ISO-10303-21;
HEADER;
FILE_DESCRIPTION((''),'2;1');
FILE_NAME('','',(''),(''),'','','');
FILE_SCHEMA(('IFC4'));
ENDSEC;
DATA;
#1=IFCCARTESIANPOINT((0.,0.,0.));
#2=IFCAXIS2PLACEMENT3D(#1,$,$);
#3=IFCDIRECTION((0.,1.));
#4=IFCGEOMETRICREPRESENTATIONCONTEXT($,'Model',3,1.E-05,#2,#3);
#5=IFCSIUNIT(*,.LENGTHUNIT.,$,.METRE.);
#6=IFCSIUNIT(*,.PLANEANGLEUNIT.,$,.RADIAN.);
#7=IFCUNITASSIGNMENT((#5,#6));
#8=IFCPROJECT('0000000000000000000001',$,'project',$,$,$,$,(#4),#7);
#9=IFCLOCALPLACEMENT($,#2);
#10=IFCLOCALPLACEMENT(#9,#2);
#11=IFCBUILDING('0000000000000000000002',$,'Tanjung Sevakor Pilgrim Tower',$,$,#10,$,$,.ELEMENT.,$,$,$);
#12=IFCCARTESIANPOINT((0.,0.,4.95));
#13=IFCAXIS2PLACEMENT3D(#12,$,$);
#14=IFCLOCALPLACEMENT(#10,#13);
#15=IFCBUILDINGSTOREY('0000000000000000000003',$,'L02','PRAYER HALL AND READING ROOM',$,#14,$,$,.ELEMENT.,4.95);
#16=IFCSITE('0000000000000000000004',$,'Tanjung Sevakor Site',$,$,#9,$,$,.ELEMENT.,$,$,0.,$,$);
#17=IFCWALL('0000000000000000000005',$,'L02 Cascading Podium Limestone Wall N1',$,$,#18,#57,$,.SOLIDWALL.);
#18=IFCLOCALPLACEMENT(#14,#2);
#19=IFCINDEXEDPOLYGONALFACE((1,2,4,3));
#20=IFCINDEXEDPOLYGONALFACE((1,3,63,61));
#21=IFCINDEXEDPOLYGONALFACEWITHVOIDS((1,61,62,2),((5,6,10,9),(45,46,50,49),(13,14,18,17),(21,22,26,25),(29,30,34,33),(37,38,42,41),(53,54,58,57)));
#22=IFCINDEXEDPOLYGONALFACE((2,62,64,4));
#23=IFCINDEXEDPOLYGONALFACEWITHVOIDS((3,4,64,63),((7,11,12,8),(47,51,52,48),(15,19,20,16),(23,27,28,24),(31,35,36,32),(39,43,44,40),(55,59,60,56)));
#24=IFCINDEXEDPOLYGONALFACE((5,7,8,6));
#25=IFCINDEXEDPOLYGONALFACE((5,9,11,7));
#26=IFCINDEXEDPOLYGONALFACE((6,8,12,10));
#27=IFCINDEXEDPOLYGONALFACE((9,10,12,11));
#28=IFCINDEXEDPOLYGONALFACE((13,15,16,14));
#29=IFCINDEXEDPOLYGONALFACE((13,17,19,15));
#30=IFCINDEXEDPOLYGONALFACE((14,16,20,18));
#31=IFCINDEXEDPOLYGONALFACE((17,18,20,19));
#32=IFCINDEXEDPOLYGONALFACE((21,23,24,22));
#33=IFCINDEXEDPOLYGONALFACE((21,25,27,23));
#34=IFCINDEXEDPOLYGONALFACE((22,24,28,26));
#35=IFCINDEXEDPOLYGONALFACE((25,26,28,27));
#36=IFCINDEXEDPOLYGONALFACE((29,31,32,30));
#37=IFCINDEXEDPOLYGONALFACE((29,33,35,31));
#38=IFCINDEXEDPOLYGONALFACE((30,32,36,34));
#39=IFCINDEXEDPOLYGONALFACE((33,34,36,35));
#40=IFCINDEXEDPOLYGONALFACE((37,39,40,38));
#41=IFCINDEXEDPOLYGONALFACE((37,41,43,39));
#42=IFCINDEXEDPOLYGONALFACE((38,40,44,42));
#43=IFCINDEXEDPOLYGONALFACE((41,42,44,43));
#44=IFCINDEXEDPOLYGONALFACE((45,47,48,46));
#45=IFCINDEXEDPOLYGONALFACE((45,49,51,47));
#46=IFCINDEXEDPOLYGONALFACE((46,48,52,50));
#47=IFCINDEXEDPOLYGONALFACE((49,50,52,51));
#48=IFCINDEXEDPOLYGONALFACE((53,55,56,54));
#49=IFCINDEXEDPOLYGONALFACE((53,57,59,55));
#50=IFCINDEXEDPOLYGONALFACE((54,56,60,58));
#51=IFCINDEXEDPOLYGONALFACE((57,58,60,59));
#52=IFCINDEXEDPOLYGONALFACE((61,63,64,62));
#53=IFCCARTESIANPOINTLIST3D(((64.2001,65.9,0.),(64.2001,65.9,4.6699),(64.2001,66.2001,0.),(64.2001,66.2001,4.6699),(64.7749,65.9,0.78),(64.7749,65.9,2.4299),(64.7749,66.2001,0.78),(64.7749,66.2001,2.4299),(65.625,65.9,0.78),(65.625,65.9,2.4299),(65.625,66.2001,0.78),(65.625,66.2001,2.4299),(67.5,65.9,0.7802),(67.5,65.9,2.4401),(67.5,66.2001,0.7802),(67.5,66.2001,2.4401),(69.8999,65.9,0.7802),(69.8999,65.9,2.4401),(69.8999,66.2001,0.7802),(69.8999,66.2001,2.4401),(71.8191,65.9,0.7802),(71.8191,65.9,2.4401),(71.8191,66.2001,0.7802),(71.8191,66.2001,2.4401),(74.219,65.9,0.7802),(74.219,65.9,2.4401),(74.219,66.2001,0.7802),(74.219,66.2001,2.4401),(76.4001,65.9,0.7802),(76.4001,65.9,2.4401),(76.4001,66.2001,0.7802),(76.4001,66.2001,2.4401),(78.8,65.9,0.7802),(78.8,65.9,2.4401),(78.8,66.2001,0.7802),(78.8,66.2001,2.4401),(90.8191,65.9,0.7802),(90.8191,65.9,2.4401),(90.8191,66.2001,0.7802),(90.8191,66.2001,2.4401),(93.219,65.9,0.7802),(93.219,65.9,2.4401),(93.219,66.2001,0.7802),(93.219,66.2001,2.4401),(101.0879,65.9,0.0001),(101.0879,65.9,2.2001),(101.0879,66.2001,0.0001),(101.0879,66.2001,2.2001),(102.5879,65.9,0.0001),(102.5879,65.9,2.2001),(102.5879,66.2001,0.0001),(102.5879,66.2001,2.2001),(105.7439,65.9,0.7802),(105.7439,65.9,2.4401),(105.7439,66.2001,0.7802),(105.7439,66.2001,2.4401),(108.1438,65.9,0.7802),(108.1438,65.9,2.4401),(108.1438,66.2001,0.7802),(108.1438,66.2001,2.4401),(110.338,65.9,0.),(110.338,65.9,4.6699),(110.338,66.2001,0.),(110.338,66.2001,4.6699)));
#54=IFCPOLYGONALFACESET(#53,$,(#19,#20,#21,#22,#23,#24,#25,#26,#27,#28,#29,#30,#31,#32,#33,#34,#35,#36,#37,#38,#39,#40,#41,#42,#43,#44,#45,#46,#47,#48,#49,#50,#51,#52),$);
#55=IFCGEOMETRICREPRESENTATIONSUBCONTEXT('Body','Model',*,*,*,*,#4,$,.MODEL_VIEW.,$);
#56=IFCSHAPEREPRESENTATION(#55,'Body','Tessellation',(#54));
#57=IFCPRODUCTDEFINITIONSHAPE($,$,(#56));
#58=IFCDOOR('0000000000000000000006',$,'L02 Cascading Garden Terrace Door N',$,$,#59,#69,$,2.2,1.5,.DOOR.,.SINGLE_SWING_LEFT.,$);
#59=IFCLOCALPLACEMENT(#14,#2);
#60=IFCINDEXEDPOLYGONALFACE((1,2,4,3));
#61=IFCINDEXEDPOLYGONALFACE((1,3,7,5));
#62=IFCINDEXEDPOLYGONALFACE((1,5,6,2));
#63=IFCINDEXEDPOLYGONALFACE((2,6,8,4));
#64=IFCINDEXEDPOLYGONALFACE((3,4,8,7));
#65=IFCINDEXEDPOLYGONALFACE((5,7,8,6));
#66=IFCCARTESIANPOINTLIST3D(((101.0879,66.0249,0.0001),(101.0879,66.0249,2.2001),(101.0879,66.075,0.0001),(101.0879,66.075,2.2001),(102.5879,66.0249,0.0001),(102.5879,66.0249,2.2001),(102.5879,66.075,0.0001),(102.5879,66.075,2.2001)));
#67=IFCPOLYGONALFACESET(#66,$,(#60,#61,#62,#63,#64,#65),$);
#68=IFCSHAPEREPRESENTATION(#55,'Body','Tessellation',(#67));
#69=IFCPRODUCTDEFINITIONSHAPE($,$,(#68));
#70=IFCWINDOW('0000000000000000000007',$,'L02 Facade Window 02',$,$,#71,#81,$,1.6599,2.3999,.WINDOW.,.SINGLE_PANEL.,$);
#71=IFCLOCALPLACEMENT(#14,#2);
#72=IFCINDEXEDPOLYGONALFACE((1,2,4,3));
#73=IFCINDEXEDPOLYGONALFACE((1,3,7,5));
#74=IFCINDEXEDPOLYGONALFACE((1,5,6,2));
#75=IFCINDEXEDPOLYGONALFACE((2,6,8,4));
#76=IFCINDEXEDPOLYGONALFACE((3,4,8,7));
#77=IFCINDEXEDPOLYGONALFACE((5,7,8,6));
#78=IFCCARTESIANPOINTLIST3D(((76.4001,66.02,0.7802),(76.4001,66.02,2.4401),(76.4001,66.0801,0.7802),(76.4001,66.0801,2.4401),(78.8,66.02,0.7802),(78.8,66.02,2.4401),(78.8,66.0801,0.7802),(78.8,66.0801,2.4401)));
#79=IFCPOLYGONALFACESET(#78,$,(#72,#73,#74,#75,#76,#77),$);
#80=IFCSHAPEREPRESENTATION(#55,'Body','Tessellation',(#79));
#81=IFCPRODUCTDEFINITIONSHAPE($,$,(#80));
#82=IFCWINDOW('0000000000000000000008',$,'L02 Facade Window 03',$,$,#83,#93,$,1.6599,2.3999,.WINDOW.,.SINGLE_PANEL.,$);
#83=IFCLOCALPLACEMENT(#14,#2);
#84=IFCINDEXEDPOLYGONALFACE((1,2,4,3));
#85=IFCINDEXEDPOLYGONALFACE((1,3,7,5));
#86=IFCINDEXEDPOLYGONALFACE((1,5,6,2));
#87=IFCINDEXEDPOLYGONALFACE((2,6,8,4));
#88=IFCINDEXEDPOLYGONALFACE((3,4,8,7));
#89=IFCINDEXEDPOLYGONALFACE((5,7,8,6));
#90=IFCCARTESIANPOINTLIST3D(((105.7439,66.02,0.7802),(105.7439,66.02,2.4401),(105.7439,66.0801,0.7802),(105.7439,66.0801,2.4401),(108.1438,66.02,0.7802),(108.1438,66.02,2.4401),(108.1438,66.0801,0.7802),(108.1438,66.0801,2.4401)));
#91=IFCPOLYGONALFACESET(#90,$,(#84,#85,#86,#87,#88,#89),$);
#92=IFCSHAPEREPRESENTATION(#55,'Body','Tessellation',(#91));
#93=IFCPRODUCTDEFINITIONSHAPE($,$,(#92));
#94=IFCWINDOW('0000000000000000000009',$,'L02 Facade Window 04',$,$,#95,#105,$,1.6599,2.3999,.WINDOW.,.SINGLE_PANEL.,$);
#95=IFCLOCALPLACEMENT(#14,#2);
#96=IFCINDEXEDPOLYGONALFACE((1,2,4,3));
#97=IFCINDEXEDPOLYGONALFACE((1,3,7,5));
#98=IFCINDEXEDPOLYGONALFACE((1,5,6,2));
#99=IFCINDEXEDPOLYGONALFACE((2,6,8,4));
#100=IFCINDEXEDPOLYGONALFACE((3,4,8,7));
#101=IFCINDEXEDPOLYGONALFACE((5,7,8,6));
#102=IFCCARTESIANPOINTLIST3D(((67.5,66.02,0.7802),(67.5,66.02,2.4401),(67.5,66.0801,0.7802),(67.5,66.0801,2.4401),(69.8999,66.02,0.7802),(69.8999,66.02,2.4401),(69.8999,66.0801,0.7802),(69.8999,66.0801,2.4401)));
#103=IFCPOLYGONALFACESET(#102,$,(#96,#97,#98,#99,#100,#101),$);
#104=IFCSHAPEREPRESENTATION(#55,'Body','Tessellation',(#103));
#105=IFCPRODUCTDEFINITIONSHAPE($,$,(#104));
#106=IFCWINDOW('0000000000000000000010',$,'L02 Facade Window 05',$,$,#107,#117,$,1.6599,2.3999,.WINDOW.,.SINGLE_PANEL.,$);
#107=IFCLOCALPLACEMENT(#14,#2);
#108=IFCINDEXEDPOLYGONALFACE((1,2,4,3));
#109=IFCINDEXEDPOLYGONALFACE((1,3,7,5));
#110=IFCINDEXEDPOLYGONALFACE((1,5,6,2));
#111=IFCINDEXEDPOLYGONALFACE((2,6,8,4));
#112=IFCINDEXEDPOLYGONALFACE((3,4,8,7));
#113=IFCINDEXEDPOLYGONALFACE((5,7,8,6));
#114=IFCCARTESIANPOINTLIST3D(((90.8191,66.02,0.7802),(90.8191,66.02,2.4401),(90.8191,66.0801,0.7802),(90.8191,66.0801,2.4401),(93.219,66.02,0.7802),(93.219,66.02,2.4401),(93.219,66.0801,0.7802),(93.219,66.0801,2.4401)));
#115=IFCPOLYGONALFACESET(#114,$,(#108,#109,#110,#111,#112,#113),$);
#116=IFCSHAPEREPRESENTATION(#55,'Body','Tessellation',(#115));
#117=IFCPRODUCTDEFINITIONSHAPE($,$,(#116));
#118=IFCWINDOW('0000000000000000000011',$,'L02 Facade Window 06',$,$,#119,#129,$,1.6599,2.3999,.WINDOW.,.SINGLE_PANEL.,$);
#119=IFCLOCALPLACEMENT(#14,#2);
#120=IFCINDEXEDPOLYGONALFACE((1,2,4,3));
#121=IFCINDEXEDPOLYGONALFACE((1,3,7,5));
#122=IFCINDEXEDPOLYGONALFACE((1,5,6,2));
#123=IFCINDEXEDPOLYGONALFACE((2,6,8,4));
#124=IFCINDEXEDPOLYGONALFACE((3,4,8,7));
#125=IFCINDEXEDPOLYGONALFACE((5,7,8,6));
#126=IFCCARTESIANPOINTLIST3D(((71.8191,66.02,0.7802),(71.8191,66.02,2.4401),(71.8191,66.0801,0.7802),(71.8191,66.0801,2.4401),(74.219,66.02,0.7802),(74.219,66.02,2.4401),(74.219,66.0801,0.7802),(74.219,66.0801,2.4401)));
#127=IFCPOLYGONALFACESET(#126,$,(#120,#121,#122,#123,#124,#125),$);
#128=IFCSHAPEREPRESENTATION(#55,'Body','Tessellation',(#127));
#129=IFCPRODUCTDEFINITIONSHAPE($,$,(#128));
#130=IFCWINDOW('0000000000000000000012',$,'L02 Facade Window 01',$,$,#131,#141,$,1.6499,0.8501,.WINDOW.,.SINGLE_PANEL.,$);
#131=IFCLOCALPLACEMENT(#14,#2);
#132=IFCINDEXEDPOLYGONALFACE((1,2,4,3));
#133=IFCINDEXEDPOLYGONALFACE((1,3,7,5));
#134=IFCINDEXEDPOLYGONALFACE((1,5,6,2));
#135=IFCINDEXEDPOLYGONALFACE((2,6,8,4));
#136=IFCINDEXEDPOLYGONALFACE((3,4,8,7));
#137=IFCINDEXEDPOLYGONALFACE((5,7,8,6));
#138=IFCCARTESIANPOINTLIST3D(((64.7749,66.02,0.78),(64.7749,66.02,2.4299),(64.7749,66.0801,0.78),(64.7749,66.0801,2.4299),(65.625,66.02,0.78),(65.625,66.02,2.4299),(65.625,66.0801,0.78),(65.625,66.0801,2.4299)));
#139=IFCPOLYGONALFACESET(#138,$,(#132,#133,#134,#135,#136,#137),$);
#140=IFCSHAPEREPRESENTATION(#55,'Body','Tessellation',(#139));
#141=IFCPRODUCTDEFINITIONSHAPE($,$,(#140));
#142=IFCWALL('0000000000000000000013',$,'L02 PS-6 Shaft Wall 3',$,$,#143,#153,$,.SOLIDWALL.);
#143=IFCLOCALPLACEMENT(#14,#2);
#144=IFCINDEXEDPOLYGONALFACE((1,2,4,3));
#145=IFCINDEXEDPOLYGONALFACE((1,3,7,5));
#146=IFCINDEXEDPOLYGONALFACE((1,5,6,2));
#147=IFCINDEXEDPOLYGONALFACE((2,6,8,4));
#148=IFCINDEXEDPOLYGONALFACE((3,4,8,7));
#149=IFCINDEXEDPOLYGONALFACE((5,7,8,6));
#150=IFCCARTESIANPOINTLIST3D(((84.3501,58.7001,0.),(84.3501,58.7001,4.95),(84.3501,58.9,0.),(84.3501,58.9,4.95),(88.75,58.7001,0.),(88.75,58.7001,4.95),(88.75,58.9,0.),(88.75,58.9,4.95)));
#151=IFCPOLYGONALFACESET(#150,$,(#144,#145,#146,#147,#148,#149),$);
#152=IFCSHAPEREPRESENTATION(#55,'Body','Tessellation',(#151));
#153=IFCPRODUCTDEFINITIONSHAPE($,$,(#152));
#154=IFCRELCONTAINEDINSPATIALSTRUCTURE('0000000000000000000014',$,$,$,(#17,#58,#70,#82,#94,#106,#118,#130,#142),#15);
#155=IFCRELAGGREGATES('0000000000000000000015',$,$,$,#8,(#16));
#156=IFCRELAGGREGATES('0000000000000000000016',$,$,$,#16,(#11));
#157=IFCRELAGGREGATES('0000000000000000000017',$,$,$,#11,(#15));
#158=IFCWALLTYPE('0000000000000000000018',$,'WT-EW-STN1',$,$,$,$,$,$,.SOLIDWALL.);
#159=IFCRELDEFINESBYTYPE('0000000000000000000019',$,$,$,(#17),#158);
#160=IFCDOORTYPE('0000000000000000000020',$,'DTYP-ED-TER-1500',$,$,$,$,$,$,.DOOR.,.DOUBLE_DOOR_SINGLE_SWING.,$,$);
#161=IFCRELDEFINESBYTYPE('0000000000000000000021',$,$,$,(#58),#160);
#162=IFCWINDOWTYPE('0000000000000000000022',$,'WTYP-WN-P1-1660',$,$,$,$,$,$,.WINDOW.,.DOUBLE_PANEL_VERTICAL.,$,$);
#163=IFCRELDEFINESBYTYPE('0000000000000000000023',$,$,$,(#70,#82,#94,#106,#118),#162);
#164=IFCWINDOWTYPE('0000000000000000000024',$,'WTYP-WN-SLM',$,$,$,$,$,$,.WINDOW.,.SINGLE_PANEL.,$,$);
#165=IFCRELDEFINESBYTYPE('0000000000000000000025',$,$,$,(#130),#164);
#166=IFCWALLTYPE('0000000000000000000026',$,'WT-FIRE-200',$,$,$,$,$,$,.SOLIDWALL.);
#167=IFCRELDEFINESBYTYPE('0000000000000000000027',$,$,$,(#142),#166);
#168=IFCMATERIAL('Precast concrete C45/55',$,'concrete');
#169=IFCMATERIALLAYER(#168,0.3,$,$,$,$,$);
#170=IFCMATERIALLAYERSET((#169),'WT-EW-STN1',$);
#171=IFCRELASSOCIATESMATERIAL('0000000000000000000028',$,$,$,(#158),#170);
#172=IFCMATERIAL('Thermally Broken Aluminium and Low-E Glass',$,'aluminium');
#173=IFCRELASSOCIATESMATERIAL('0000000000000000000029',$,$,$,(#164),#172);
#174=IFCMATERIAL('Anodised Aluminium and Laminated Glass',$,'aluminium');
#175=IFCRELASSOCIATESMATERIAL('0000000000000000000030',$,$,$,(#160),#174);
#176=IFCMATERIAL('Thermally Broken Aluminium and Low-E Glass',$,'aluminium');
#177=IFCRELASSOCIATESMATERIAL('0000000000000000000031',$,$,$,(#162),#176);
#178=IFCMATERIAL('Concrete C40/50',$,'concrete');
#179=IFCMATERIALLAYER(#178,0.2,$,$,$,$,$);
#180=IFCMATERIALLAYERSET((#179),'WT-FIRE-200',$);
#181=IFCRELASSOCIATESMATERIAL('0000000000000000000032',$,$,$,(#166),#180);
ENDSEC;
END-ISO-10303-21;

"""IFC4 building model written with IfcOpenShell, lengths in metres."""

from ifc_helpers import new_model, si_unit, direction, frame, frame_2d, origin, place, context, subcontext, project, spatial, rectangle, extrude, material, layer, layer_set, type_object, element, fill, save


model = new_model("IFC4")

# Units and contexts
model_context = context("Model", 3, precision=1e-05, world=origin(), true_north=direction((0.0, 1.0)))
body_context = subcontext(model_context, "Body", "Model", "MODEL_VIEW")
ifc_project = project(units=[si_unit("LENGTHUNIT", "METRE"), si_unit("PLANEANGLEUNIT", "RADIAN")], contexts=[model_context])

# Site, building, storey
site_placement = place(None, origin())
site = spatial("IfcSite", under=ifc_project, at=site_placement, Name="Tanjung Sevakor Site", CompositionType="ELEMENT", RefElevation=0.0)
building_placement = place(site_placement, origin())
building = spatial("IfcBuilding", under=site, at=building_placement, Name="Tanjung Sevakor Pilgrim Tower", CompositionType="ELEMENT")
storey_placement = place(building_placement, frame((0.0, 0.0, 4.95)))
storey = spatial("IfcBuildingStorey", under=building, at=storey_placement, Name="L02", Description="PRAYER HALL AND READING ROOM", CompositionType="ELEMENT", Elevation=4.95)

# Shared definitions
ifc_material_1 = material(Name="Precast concrete C45/55", Category="concrete")
ifc_layer_1 = layer(ifc_material_1, 0.3)
ifc_layer_set_1 = layer_set([ifc_layer_1], Name="WT-EW-STN1")
wall_type_1 = type_object("IfcWallType", Name="WT-EW-STN1", PredefinedType="SOLIDWALL", material=ifc_layer_set_1)
ifc_material_2 = material(Name="Thermally Broken Aluminium and Low-E Glass", Category="aluminium")
window_type_1 = type_object("IfcWindowType", Name="WTYP-WN-SLM", PartitioningType="SINGLE_PANEL", PredefinedType="WINDOW", material=ifc_material_2)

# Wall, openings, door, windows
wall_1_placement = place(storey_placement, frame((110.3379, 66.05, 0.0), z_axis=(0.0, 0.0, 1.0), x_axis=(-1.0, 0.0, 0.0)))
wall_1 = element("IfcWall", 1, at=wall_1_placement, inside=storey, type_object=wall_type_1, Name="L02 Cascading Podium Limestone Wall N1", PredefinedType="SOLIDWALL", context=body_context, shape_type="SweptSolid", body=[
    extrude(rectangle(XDim=46.1379, YDim=0.3, at=frame_2d((23.0688, 0.0))), origin(), (0.0, 0.0, 1.0), 4.6699),
])
opening_1_placement = place(wall_1_placement, frame((7.75, 0.0, 0.0)))
opening_1 = element("IfcOpeningElement", 2, at=opening_1_placement, cuts=wall_1, PredefinedType="OPENING", context=body_context, shape_type="SweptSolid", body=[
    extrude(rectangle(XDim=1.5, YDim=2.2, at=frame_2d((0.75, 1.1001))), frame((0.0, 0.1599, 0.0), z_axis=(0.0, -1.0, 0.0), x_axis=(1.0, 0.0, 0.0)), (0.0, 0.0, 1.0), 0.3201),
])
opening_2_placement = place(wall_1_placement, frame((44.7129, 0.0, 0.78)))
opening_2 = element("IfcOpeningElement", 3, at=opening_2_placement, cuts=wall_1, PredefinedType="OPENING", context=body_context, shape_type="SweptSolid", body=[
    extrude(rectangle(XDim=0.8501, YDim=1.6499, at=frame_2d((0.425, 0.825))), frame((0.0, 0.1599, 0.0), z_axis=(0.0, -1.0, 0.0), x_axis=(1.0, 0.0, 0.0)), (0.0, 0.0, 1.0), 0.3201),
])
opening_3_placement = place(wall_1_placement, frame((31.5378, 0.0, 0.78)))
opening_3 = element("IfcOpeningElement", 4, at=opening_3_placement, cuts=wall_1, PredefinedType="OPENING", context=body_context, shape_type="SweptSolid", body=[
    extrude(rectangle(XDim=2.3999, YDim=1.6599, at=frame_2d((1.2, 0.8301))), frame((0.0, 0.1599, 0.0), z_axis=(0.0, -1.0, 0.0), x_axis=(1.0, 0.0, 0.0)), (0.0, 0.0, 1.0), 0.3201),
])
opening_4_placement = place(wall_1_placement, frame((2.1941, 0.0, 0.78)))
opening_4 = element("IfcOpeningElement", 5, at=opening_4_placement, cuts=wall_1, PredefinedType="OPENING", context=body_context, shape_type="SweptSolid", body=[
    extrude(rectangle(XDim=2.3999, YDim=1.6599, at=frame_2d((1.2, 0.8301))), frame((0.0, 0.1599, 0.0), z_axis=(0.0, -1.0, 0.0), x_axis=(1.0, 0.0, 0.0)), (0.0, 0.0, 1.0), 0.3201),
])
opening_5_placement = place(wall_1_placement, frame((40.438, 0.0, 0.78)))
opening_5 = element("IfcOpeningElement", 6, at=opening_5_placement, cuts=wall_1, PredefinedType="OPENING", context=body_context, shape_type="SweptSolid", body=[
    extrude(rectangle(XDim=2.3999, YDim=1.6599, at=frame_2d((1.2, 0.8301))), frame((0.0, 0.1599, 0.0), z_axis=(0.0, -1.0, 0.0), x_axis=(1.0, 0.0, 0.0)), (0.0, 0.0, 1.0), 0.3201),
])
opening_6_placement = place(wall_1_placement, frame((17.1189, 0.0, 0.78)))
opening_6 = element("IfcOpeningElement", 7, at=opening_6_placement, cuts=wall_1, PredefinedType="OPENING", context=body_context, shape_type="SweptSolid", body=[
    extrude(rectangle(XDim=2.3999, YDim=1.6599, at=frame_2d((1.2, 0.8301))), frame((0.0, 0.1599, 0.0), z_axis=(0.0, -1.0, 0.0), x_axis=(1.0, 0.0, 0.0)), (0.0, 0.0, 1.0), 0.3201),
])
opening_7_placement = place(wall_1_placement, frame((36.1189, 0.0, 0.78)))
opening_7 = element("IfcOpeningElement", 8, at=opening_7_placement, cuts=wall_1, PredefinedType="OPENING", context=body_context, shape_type="SweptSolid", body=[
    extrude(rectangle(XDim=2.3999, YDim=1.6599, at=frame_2d((1.2, 0.8301))), frame((0.0, 0.1599, 0.0), z_axis=(0.0, -1.0, 0.0), x_axis=(1.0, 0.0, 0.0)), (0.0, 0.0, 1.0), 0.3201),
])
ifc_material_3 = material(Name="Anodised Aluminium and Laminated Glass", Category="aluminium")
door_type = type_object("IfcDoorType", Name="DTYP-ED-TER-1500", OperationType="DOUBLE_DOOR_SINGLE_SWING", PredefinedType="DOOR", material=ifc_material_3)
door_placement = place(opening_1_placement, frame((1.5, 0.0, 0.0), z_axis=(0.0, 0.0, 1.0), x_axis=(-1.0, 0.0, 0.0)))
door = element("IfcDoor", 9, at=door_placement, inside=storey, type_object=door_type, Name="L02 Cascading Garden Terrace Door N", OperationType="SINGLE_SWING_LEFT", OverallHeight=2.2, OverallWidth=1.5, PredefinedType="DOOR", context=body_context, shape_type="SweptSolid", body=[
    extrude(rectangle(XDim=1.5, YDim=2.2, at=frame_2d((0.75, 1.1001))), frame((0.0, 0.0249, 0.0), z_axis=(0.0, -1.0, 0.0), x_axis=(1.0, 0.0, 0.0)), (0.0, 0.0, 1.0), 0.05),
])
fill(opening_1, door)
ifc_material_4 = material(Name="Thermally Broken Aluminium and Low-E Glass", Category="aluminium")
window_type_2 = type_object("IfcWindowType", Name="WTYP-WN-P1-1660", PartitioningType="DOUBLE_PANEL_VERTICAL", PredefinedType="WINDOW", material=ifc_material_4)
window_1_placement = place(opening_3_placement, origin())
window_1 = element("IfcWindow", 10, at=window_1_placement, inside=storey, type_object=window_type_2, Name="L02 Facade Window 02", OverallHeight=1.6599, OverallWidth=2.3999, PartitioningType="SINGLE_PANEL", PredefinedType="WINDOW", context=body_context, shape_type="SweptSolid", body=[
    extrude(rectangle(XDim=2.3999, YDim=1.6599, at=frame_2d((1.2, 0.8301))), frame((0.0, 0.03, 0.0), z_axis=(0.0, -1.0, 0.0), x_axis=(1.0, 0.0, 0.0)), (0.0, 0.0, 1.0), 0.0601),
])
fill(opening_3, window_1)
window_2_placement = place(opening_4_placement, origin())
window_2 = element("IfcWindow", 11, at=window_2_placement, inside=storey, type_object=window_type_2, Name="L02 Facade Window 03", OverallHeight=1.6599, OverallWidth=2.3999, PartitioningType="SINGLE_PANEL", PredefinedType="WINDOW", context=body_context, shape_type="SweptSolid", body=[
    extrude(rectangle(XDim=2.3999, YDim=1.6599, at=frame_2d((1.2, 0.8301))), frame((0.0, 0.03, 0.0), z_axis=(0.0, -1.0, 0.0), x_axis=(1.0, 0.0, 0.0)), (0.0, 0.0, 1.0), 0.0601),
])
fill(opening_4, window_2)
window_3_placement = place(opening_5_placement, origin())
window_3 = element("IfcWindow", 12, at=window_3_placement, inside=storey, type_object=window_type_2, Name="L02 Facade Window 04", OverallHeight=1.6599, OverallWidth=2.3999, PartitioningType="SINGLE_PANEL", PredefinedType="WINDOW", context=body_context, shape_type="SweptSolid", body=[
    extrude(rectangle(XDim=2.3999, YDim=1.6599, at=frame_2d((1.2, 0.8301))), frame((0.0, 0.03, 0.0), z_axis=(0.0, -1.0, 0.0), x_axis=(1.0, 0.0, 0.0)), (0.0, 0.0, 1.0), 0.0601),
])
fill(opening_5, window_3)
window_4_placement = place(opening_6_placement, origin())
window_4 = element("IfcWindow", 13, at=window_4_placement, inside=storey, type_object=window_type_2, Name="L02 Facade Window 05", OverallHeight=1.6599, OverallWidth=2.3999, PartitioningType="SINGLE_PANEL", PredefinedType="WINDOW", context=body_context, shape_type="SweptSolid", body=[
    extrude(rectangle(XDim=2.3999, YDim=1.6599, at=frame_2d((1.2, 0.8301))), frame((0.0, 0.03, 0.0), z_axis=(0.0, -1.0, 0.0), x_axis=(1.0, 0.0, 0.0)), (0.0, 0.0, 1.0), 0.0601),
])
fill(opening_6, window_4)
window_5_placement = place(opening_7_placement, origin())
window_5 = element("IfcWindow", 14, at=window_5_placement, inside=storey, type_object=window_type_2, Name="L02 Facade Window 06", OverallHeight=1.6599, OverallWidth=2.3999, PartitioningType="SINGLE_PANEL", PredefinedType="WINDOW", context=body_context, shape_type="SweptSolid", body=[
    extrude(rectangle(XDim=2.3999, YDim=1.6599, at=frame_2d((1.2, 0.8301))), frame((0.0, 0.03, 0.0), z_axis=(0.0, -1.0, 0.0), x_axis=(1.0, 0.0, 0.0)), (0.0, 0.0, 1.0), 0.0601),
])
fill(opening_7, window_5)
window_6_placement = place(opening_2_placement, origin())
window_6 = element("IfcWindow", 15, at=window_6_placement, inside=storey, type_object=window_type_1, Name="L02 Facade Window 01", OverallHeight=1.6499, OverallWidth=0.8501, PartitioningType="SINGLE_PANEL", PredefinedType="WINDOW", context=body_context, shape_type="SweptSolid", body=[
    extrude(rectangle(XDim=0.8501, YDim=1.6499, at=frame_2d((0.425, 0.825))), frame((0.0, 0.03, 0.0), z_axis=(0.0, -1.0, 0.0), x_axis=(1.0, 0.0, 0.0)), (0.0, 0.0, 1.0), 0.0601),
])
fill(opening_2, window_6)

# Wall
ifc_material_5 = material(Name="Concrete C40/50", Category="concrete")
ifc_layer_2 = layer(ifc_material_5, 0.2)
ifc_layer_set_2 = layer_set([ifc_layer_2], Name="WT-FIRE-200")
wall_type_2 = type_object("IfcWallType", Name="WT-FIRE-200", PredefinedType="SOLIDWALL", material=ifc_layer_set_2)
wall_2_placement = place(storey_placement, frame((88.75, 58.8, 0.0), z_axis=(0.0, 0.0, 1.0), x_axis=(-1.0, 0.0, 0.0)))
element("IfcWall", 16, at=wall_2_placement, inside=storey, type_object=wall_type_2, Name="L02 PS-6 Shaft Wall 3", PredefinedType="SOLIDWALL", context=body_context, shape_type="SweptSolid", body=[
    extrude(rectangle(XDim=4.3999, YDim=0.2, at=frame_2d((2.2, 0.0))), origin(), (0.0, 0.0, 1.0), 4.95),
])

save(model, "model.ifc")
